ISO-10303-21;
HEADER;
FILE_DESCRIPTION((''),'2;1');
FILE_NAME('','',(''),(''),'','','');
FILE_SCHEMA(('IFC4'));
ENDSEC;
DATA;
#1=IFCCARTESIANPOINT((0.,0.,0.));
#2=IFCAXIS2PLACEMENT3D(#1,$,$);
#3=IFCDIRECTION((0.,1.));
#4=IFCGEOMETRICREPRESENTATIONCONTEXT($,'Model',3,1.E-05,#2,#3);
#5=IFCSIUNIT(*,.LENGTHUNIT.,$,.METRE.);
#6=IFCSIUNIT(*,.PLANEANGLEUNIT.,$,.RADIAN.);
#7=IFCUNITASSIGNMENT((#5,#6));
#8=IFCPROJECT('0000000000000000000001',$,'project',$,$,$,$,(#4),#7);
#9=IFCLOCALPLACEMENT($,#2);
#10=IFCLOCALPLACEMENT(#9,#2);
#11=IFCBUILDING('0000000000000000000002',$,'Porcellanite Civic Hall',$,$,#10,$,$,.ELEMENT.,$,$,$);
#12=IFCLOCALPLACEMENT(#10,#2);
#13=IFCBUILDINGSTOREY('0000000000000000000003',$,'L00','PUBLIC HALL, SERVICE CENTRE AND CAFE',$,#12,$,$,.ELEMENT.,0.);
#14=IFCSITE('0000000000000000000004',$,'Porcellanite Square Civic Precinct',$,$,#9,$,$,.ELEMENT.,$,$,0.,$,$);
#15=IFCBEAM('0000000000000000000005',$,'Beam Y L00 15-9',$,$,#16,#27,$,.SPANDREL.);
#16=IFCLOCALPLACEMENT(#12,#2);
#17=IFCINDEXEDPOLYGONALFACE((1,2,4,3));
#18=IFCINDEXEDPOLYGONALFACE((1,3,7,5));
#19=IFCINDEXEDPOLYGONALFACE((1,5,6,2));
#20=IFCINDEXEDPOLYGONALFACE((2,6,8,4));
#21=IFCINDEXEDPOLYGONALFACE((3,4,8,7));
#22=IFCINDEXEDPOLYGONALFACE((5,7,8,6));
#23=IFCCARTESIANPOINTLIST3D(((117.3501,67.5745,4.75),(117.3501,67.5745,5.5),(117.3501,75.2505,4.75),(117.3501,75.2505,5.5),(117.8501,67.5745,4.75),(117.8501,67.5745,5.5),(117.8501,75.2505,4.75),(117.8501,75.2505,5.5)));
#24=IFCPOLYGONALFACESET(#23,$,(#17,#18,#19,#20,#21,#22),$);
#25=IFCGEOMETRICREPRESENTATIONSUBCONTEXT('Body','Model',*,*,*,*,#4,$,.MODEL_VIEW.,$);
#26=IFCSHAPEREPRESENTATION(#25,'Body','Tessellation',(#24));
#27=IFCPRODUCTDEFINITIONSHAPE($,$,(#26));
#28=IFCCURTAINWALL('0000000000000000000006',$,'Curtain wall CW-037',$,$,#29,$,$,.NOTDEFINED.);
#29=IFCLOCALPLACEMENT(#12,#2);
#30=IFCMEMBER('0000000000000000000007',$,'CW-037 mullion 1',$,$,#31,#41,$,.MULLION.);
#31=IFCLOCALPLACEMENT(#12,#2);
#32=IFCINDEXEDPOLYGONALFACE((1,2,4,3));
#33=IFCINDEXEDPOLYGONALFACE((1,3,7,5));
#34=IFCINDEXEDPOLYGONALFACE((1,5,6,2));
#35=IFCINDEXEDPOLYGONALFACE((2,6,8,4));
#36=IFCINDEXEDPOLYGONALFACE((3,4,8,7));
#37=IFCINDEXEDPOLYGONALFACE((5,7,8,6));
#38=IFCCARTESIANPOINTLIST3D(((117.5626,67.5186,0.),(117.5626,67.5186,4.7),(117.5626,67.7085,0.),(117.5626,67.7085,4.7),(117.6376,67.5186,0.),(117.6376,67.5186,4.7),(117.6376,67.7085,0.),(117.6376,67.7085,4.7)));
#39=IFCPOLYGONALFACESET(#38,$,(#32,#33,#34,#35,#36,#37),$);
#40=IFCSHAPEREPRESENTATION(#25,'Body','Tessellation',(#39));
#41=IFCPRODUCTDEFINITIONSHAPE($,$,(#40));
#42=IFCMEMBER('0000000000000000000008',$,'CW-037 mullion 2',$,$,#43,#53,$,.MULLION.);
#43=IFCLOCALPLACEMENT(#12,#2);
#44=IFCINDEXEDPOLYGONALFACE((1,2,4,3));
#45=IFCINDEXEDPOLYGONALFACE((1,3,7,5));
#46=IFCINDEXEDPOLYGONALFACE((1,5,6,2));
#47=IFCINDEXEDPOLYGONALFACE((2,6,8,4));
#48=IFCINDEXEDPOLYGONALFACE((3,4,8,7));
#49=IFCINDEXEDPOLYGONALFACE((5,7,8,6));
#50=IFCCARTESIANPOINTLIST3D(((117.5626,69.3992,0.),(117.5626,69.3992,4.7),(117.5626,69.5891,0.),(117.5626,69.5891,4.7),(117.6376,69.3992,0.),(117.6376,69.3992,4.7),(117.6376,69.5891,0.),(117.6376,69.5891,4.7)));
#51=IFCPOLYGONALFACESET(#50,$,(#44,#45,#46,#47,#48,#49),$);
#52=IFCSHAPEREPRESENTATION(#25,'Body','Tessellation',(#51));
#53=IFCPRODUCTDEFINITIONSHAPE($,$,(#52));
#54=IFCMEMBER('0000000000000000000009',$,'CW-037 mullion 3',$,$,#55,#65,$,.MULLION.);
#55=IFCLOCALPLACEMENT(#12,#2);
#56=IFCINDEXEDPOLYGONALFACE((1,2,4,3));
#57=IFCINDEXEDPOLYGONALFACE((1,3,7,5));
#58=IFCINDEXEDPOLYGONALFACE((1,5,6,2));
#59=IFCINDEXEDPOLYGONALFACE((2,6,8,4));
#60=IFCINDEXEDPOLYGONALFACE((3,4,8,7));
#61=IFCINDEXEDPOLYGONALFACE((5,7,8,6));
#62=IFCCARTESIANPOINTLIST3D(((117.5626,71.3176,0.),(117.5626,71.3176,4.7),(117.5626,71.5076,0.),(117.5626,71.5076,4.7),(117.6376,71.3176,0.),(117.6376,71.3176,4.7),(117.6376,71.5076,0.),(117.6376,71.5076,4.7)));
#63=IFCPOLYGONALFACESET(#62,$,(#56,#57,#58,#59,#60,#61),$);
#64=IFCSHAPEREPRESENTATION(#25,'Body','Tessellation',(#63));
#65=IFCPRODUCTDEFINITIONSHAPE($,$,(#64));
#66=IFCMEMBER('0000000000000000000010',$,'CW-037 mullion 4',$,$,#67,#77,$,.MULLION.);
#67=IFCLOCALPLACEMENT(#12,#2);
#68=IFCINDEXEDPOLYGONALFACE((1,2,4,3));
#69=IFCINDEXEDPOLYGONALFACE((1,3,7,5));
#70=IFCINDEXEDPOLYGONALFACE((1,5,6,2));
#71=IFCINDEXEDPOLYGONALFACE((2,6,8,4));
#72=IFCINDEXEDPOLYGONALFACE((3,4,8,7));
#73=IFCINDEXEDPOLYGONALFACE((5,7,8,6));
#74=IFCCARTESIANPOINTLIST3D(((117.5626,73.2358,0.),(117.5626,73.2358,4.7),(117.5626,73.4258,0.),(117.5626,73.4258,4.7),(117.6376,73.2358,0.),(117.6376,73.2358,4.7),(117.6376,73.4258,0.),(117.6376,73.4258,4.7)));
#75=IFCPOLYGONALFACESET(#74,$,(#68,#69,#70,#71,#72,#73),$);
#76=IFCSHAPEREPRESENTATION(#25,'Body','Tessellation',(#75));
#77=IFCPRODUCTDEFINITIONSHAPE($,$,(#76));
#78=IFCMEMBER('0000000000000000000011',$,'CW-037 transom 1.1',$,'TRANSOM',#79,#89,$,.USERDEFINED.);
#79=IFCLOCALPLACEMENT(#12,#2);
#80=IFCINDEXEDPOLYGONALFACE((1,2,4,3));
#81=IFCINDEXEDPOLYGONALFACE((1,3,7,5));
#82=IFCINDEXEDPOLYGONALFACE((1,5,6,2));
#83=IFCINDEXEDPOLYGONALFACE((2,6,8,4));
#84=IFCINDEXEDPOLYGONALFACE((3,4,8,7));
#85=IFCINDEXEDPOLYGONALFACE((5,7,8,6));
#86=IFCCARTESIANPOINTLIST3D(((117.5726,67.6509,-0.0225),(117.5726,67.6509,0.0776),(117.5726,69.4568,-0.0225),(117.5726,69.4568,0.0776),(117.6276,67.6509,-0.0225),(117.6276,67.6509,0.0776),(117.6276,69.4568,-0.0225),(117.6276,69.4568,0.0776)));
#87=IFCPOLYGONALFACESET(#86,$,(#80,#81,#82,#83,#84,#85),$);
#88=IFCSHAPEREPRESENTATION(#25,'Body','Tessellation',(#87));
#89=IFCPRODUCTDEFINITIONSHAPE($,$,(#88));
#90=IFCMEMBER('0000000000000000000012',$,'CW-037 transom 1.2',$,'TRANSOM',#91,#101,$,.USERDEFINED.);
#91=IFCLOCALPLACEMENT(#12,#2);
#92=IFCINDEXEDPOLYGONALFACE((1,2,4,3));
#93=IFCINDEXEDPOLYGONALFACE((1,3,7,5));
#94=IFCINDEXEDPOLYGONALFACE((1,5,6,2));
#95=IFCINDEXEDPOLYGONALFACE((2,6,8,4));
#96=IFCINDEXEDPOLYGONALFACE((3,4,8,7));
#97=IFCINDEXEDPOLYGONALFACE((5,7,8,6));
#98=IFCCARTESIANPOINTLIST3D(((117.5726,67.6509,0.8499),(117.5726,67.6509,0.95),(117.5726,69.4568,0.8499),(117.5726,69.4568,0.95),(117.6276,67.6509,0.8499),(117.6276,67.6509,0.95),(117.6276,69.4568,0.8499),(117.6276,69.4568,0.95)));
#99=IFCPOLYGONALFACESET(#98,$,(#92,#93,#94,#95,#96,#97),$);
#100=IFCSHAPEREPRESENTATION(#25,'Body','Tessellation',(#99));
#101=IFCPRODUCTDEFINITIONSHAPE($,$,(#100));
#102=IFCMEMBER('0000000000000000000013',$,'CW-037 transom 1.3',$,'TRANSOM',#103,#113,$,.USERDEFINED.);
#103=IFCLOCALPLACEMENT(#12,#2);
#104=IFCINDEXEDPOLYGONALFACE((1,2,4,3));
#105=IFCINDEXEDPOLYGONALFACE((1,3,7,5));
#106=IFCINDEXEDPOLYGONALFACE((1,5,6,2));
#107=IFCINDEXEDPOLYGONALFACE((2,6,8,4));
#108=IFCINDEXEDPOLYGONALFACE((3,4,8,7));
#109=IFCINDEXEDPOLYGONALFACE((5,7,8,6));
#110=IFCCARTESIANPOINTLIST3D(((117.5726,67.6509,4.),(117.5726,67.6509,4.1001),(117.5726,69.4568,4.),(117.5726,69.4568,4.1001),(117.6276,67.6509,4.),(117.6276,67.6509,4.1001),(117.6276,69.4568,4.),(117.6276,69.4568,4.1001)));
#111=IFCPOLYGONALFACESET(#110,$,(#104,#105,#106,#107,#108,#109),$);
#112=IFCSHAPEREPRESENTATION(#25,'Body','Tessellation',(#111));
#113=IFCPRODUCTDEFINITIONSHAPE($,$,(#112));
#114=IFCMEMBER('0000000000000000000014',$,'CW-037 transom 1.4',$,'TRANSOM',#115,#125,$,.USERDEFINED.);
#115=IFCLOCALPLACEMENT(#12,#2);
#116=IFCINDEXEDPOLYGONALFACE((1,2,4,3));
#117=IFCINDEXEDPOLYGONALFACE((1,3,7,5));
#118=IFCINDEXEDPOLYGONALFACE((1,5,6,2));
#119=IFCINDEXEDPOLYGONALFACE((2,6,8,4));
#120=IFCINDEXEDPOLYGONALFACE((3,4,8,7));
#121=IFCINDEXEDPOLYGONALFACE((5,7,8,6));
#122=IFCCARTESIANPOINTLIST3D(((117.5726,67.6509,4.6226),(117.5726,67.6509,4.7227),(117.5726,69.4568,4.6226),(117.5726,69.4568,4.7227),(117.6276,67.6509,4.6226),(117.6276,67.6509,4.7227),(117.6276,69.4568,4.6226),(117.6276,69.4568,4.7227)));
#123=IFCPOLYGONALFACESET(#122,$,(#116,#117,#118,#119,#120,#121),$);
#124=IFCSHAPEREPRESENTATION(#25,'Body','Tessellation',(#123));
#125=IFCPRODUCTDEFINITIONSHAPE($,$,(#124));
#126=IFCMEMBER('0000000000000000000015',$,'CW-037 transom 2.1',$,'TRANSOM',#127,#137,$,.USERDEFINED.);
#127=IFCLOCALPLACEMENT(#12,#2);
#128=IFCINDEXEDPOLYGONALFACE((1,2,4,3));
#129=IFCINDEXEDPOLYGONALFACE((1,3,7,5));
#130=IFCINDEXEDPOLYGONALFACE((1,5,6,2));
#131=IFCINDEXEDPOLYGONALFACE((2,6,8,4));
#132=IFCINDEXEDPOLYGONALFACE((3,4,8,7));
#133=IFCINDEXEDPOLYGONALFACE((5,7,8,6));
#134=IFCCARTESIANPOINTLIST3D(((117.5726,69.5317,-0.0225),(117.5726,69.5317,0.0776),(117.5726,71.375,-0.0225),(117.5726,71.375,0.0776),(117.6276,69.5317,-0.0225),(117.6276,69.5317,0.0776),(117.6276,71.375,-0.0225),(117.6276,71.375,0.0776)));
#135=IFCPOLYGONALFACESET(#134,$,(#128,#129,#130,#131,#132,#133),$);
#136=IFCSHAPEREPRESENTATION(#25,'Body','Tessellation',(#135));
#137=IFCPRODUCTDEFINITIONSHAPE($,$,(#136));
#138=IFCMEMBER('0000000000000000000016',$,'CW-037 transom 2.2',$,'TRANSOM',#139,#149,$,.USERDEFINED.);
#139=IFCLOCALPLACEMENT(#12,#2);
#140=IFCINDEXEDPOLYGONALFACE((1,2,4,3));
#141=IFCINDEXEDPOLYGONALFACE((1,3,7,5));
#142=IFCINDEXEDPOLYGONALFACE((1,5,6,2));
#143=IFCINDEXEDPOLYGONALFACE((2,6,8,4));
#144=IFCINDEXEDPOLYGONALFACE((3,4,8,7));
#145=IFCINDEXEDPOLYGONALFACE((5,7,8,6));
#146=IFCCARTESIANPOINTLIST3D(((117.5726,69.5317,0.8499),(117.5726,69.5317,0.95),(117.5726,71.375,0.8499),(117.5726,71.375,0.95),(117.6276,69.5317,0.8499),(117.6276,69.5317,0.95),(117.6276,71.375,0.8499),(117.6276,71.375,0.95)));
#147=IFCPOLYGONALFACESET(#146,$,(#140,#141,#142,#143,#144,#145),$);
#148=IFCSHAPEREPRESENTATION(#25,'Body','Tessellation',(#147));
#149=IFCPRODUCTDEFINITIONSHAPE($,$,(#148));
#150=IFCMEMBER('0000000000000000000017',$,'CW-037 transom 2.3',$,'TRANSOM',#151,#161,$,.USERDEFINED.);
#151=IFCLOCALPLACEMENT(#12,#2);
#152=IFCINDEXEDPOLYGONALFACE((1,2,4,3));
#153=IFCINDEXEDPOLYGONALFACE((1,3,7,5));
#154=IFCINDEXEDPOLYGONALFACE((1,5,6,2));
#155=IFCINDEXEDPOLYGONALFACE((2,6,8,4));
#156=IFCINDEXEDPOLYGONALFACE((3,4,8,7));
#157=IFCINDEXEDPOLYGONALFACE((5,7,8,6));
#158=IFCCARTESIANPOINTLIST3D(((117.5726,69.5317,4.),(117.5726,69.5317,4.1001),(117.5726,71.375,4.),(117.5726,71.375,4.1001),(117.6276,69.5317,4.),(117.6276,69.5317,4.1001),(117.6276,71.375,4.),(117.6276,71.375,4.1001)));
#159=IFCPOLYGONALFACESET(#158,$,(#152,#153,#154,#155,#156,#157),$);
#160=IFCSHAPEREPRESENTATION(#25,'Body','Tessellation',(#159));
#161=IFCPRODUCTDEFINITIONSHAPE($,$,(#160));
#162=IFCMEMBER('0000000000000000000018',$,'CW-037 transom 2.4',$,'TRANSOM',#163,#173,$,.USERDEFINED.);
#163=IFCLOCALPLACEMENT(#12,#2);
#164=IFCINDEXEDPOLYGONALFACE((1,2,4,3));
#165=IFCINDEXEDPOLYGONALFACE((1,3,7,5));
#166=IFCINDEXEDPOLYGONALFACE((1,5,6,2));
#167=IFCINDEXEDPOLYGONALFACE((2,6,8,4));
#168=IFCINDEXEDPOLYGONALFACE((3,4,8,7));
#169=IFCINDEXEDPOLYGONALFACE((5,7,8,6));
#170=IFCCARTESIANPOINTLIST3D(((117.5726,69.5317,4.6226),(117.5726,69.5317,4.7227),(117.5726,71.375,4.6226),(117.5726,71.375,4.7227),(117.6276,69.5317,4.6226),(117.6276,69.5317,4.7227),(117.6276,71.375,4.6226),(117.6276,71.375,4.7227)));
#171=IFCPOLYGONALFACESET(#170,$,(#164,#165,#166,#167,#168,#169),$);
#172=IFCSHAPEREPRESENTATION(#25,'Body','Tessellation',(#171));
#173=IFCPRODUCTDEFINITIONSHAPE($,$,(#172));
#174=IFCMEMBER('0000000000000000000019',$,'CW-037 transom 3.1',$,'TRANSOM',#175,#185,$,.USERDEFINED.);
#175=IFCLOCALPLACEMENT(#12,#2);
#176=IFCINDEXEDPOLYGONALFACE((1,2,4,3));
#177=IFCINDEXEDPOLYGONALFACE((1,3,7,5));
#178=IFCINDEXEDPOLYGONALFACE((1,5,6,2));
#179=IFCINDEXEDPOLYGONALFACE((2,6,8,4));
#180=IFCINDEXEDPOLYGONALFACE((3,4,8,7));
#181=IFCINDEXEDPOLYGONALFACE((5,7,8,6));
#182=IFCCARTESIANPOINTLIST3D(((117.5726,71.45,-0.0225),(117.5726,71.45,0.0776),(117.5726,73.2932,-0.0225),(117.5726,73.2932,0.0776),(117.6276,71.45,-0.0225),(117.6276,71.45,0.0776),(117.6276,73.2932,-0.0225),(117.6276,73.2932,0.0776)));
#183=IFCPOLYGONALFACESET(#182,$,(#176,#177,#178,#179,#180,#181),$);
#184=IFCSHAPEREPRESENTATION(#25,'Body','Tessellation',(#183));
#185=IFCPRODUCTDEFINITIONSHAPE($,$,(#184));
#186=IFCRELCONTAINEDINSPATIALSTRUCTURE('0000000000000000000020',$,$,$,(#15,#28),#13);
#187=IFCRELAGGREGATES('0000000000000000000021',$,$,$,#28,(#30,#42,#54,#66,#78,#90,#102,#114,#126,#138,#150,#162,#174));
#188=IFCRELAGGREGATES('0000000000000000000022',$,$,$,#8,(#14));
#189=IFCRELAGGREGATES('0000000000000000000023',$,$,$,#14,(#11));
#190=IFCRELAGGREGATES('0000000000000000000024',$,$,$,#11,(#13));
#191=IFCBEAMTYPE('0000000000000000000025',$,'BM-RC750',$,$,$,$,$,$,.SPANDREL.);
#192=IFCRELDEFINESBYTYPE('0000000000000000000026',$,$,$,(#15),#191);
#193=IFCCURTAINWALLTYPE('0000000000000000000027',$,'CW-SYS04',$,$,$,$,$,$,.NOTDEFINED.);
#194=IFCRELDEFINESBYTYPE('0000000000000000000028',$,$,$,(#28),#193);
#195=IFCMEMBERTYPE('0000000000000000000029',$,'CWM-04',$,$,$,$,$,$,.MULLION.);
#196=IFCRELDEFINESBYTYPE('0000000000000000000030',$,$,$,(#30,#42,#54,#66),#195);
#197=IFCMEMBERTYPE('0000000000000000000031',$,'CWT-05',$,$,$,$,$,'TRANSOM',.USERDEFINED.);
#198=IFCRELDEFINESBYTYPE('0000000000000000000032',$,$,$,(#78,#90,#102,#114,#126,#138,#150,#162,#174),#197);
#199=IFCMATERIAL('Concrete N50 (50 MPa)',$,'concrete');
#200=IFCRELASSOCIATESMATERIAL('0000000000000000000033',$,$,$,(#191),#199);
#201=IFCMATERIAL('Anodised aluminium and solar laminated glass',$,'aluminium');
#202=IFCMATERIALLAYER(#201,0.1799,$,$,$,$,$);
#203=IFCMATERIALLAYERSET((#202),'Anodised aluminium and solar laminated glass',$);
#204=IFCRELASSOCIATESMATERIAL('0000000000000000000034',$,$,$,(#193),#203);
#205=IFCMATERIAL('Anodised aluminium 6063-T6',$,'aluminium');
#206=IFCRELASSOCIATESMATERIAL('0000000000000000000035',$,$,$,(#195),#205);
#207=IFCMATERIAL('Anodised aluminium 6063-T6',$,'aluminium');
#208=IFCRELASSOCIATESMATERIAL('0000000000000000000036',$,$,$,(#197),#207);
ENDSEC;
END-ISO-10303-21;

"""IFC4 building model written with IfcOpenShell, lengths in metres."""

from ifc_helpers import new_model, si_unit, direction, frame, origin, origin_2d, place, context, subcontext, project, spatial, rectangle, extrude, material, layer, layer_set, material_profile, profile_set, type_object, element, aggregate, save


model = new_model("IFC4")

# Units and contexts
model_context = context("Model", 3, precision=1e-05, world=origin(), true_north=direction((0.0, 1.0)))
body_context = subcontext(model_context, "Body", "Model", "MODEL_VIEW")
ifc_project = project(units=[si_unit("LENGTHUNIT", "METRE"), si_unit("PLANEANGLEUNIT", "RADIAN")], contexts=[model_context])

# Site, building, storey
site_placement = place(None, origin())
site = spatial("IfcSite", under=ifc_project, at=site_placement, Name="Porcellanite Square Civic Precinct", CompositionType="ELEMENT", RefElevation=0.0)
building_placement = place(site_placement, origin())
building = spatial("IfcBuilding", under=site, at=building_placement, Name="Porcellanite Civic Hall", CompositionType="ELEMENT")
storey_placement = place(building_placement, origin())
storey = spatial("IfcBuildingStorey", under=building, at=storey_placement, Name="L00", Description="PUBLIC HALL, SERVICE CENTRE AND CAFE", CompositionType="ELEMENT", Elevation=0.0)

# Beam
ifc_material_1 = material(Name="Concrete N50 (50 MPa)", Category="concrete")
ifc_material_profile_1 = material_profile(ifc_material_1, rectangle(XDim=0.5, YDim=0.75, at=origin_2d()), Name="RC-500x750")
ifc_profile_set_1 = profile_set([ifc_material_profile_1], Name="Concrete N50 (50 MPa)")
beam_type = type_object("IfcBeamType", Name="BM-RC750", PredefinedType="SPANDREL", material=ifc_profile_set_1)
beam_placement = place(storey_placement, frame((117.6001, 67.5745, 5.125), z_axis=(0.0, 1.0, 0.0), x_axis=(-1.0, 0.0, 0.0)))
element("IfcBeam", 1, at=beam_placement, inside=storey, type_object=beam_type, Name="Beam Y L00 15-9", PredefinedType="SPANDREL", context=body_context, shape_type="SweptSolid", body=[
    extrude(rectangle(XDim=0.5, YDim=0.75, at=origin_2d()), origin(), (0.0, 0.0, 1.0), 7.676),
])

# Curtain wall, members
ifc_material_2 = material(Name="Anodised aluminium and solar laminated glass", Category="aluminium")
ifc_layer_1 = layer(ifc_material_2, 0.1799)
ifc_layer_set_1 = layer_set([ifc_layer_1], Name="Anodised aluminium and solar laminated glass")
curtain_wall_type = type_object("IfcCurtainWallType", Name="CW-SYS04", PredefinedType="NOTDEFINED", material=ifc_layer_set_1)
curtain_wall_placement = place(storey_placement, origin())
curtain_wall = element("IfcCurtainWall", 2, at=curtain_wall_placement, inside=storey, type_object=curtain_wall_type, Name="Curtain wall CW-037", PredefinedType="NOTDEFINED")
ifc_material_3 = material(Name="Anodised aluminium 6063-T6", Category="aluminium")
ifc_material_profile_2 = material_profile(ifc_material_3, rectangle(XDim=0.075, YDim=0.1899, at=origin_2d()), Name="AL-75x190")
ifc_profile_set_2 = profile_set([ifc_material_profile_2], Name="Anodised aluminium 6063-T6")
member_type_1 = type_object("IfcMemberType", Name="CWM-04", PredefinedType="MULLION", material=ifc_profile_set_2)
member_1_placement = place(storey_placement, frame((117.6001, 67.6135, 0.0), z_axis=(0.0, 0.0, 1.0), x_axis=(-1.0, 0.0, 0.0)))
member_1 = element("IfcMember", 3, at=member_1_placement, type_object=member_type_1, Name="CW-037 mullion 1", PredefinedType="MULLION", context=body_context, shape_type="SweptSolid", body=[
    extrude(rectangle(XDim=0.075, YDim=0.1899, at=origin_2d()), origin(), (0.0, 0.0, 1.0), 4.7),
])
member_2_placement = place(storey_placement, frame((117.6001, 69.4941, 0.0), z_axis=(0.0, 0.0, 1.0), x_axis=(-1.0, 0.0, 0.0)))
member_2 = element("IfcMember", 4, at=member_2_placement, type_object=member_type_1, Name="CW-037 mullion 2", PredefinedType="MULLION", context=body_context, shape_type="SweptSolid", body=[
    extrude(rectangle(XDim=0.075, YDim=0.1899, at=origin_2d()), origin(), (0.0, 0.0, 1.0), 4.7),
])
member_3_placement = place(storey_placement, frame((117.6001, 71.4126, 0.0), z_axis=(0.0, 0.0, 1.0), x_axis=(-1.0, 0.0, 0.0)))
member_3 = element("IfcMember", 5, at=member_3_placement, type_object=member_type_1, Name="CW-037 mullion 3", PredefinedType="MULLION", context=body_context, shape_type="SweptSolid", body=[
    extrude(rectangle(XDim=0.075, YDim=0.1899, at=origin_2d()), origin(), (0.0, 0.0, 1.0), 4.7),
])
member_4_placement = place(storey_placement, frame((117.6001, 73.3308, 0.0), z_axis=(0.0, 0.0, 1.0), x_axis=(-1.0, 0.0, 0.0)))
member_4 = element("IfcMember", 6, at=member_4_placement, type_object=member_type_1, Name="CW-037 mullion 4", PredefinedType="MULLION", context=body_context, shape_type="SweptSolid", body=[
    extrude(rectangle(XDim=0.075, YDim=0.1899, at=origin_2d()), origin(), (0.0, 0.0, 1.0), 4.7),
])
ifc_material_4 = material(Name="Anodised aluminium 6063-T6", Category="aluminium")
ifc_material_profile_3 = material_profile(ifc_material_4, rectangle(XDim=0.0549, YDim=0.1001, at=origin_2d()), Name="AL-55x100")
ifc_profile_set_3 = profile_set([ifc_material_profile_3], Name="Anodised aluminium 6063-T6")
member_type_2 = type_object("IfcMemberType", Name="CWT-05", ElementType="TRANSOM", PredefinedType="USERDEFINED", material=ifc_profile_set_3)
member_5_placement = place(storey_placement, frame((117.6001, 67.6509, 0.0276), z_axis=(0.0, 1.0, 0.0), x_axis=(-1.0, 0.0, 0.0)))
member_5 = element("IfcMember", 7, at=member_5_placement, type_object=member_type_2, Name="CW-037 transom 1.1", ObjectType="TRANSOM", PredefinedType="USERDEFINED", context=body_context, shape_type="SweptSolid", body=[
    extrude(rectangle(XDim=0.0549, YDim=0.1001, at=origin_2d()), origin(), (0.0, 0.0, 1.0), 1.8059),
])
member_6_placement = place(storey_placement, frame((117.6001, 67.6509, 0.8999), z_axis=(0.0, 1.0, 0.0), x_axis=(-1.0, 0.0, 0.0)))
member_6 = element("IfcMember", 8, at=member_6_placement, type_object=member_type_2, Name="CW-037 transom 1.2", ObjectType="TRANSOM", PredefinedType="USERDEFINED", context=body_context, shape_type="SweptSolid", body=[
    extrude(rectangle(XDim=0.0549, YDim=0.1001, at=origin_2d()), origin(), (0.0, 0.0, 1.0), 1.8059),
])
member_7_placement = place(storey_placement, frame((117.6001, 67.6509, 4.05), z_axis=(0.0, 1.0, 0.0), x_axis=(-1.0, 0.0, 0.0)))
member_7 = element("IfcMember", 9, at=member_7_placement, type_object=member_type_2, Name="CW-037 transom 1.3", ObjectType="TRANSOM", PredefinedType="USERDEFINED", context=body_context, shape_type="SweptSolid", body=[
    extrude(rectangle(XDim=0.0549, YDim=0.1001, at=origin_2d()), origin(), (0.0, 0.0, 1.0), 1.8059),
])
member_8_placement = place(storey_placement, frame((117.6001, 67.6509, 4.6726), z_axis=(0.0, 1.0, 0.0), x_axis=(-1.0, 0.0, 0.0)))
member_8 = element("IfcMember", 10, at=member_8_placement, type_object=member_type_2, Name="CW-037 transom 1.4", ObjectType="TRANSOM", PredefinedType="USERDEFINED", context=body_context, shape_type="SweptSolid", body=[
    extrude(rectangle(XDim=0.0549, YDim=0.1001, at=origin_2d()), origin(), (0.0, 0.0, 1.0), 1.8059),
])
member_9_placement = place(storey_placement, frame((117.6001, 69.5317, 0.0276), z_axis=(0.0, 1.0, 0.0), x_axis=(-1.0, 0.0, 0.0)))
member_9 = element("IfcMember", 11, at=member_9_placement, type_object=member_type_2, Name="CW-037 transom 2.1", ObjectType="TRANSOM", PredefinedType="USERDEFINED", context=body_context, shape_type="SweptSolid", body=[
    extrude(rectangle(XDim=0.0549, YDim=0.1001, at=origin_2d()), origin(), (0.0, 0.0, 1.0), 1.8433),
])
member_10_placement = place(storey_placement, frame((117.6001, 69.5317, 0.8999), z_axis=(0.0, 1.0, 0.0), x_axis=(-1.0, 0.0, 0.0)))
member_10 = element("IfcMember", 12, at=member_10_placement, type_object=member_type_2, Name="CW-037 transom 2.2", ObjectType="TRANSOM", PredefinedType="USERDEFINED", context=body_context, shape_type="SweptSolid", body=[
    extrude(rectangle(XDim=0.0549, YDim=0.1001, at=origin_2d()), origin(), (0.0, 0.0, 1.0), 1.8433),
])
member_11_placement = place(storey_placement, frame((117.6001, 69.5317, 4.05), z_axis=(0.0, 1.0, 0.0), x_axis=(-1.0, 0.0, 0.0)))
member_11 = element("IfcMember", 13, at=member_11_placement, type_object=member_type_2, Name="CW-037 transom 2.3", ObjectType="TRANSOM", PredefinedType="USERDEFINED", context=body_context, shape_type="SweptSolid", body=[
    extrude(rectangle(XDim=0.0549, YDim=0.1001, at=origin_2d()), origin(), (0.0, 0.0, 1.0), 1.8433),
])
member_12_placement = place(storey_placement, frame((117.6001, 69.5317, 4.6726), z_axis=(0.0, 1.0, 0.0), x_axis=(-1.0, 0.0, 0.0)))
member_12 = element("IfcMember", 14, at=member_12_placement, type_object=member_type_2, Name="CW-037 transom 2.4", ObjectType="TRANSOM", PredefinedType="USERDEFINED", context=body_context, shape_type="SweptSolid", body=[
    extrude(rectangle(XDim=0.0549, YDim=0.1001, at=origin_2d()), origin(), (0.0, 0.0, 1.0), 1.8433),
])
member_13_placement = place(storey_placement, frame((117.6001, 71.45, 0.0276), z_axis=(0.0, 1.0, 0.0), x_axis=(-1.0, 0.0, 0.0)))
member_13 = element("IfcMember", 15, at=member_13_placement, type_object=member_type_2, Name="CW-037 transom 3.1", ObjectType="TRANSOM", PredefinedType="USERDEFINED", context=body_context, shape_type="SweptSolid", body=[
    extrude(rectangle(XDim=0.0549, YDim=0.1001, at=origin_2d()), origin(), (0.0, 0.0, 1.0), 1.8433),
])

aggregate(curtain_wall, [member_1, member_2, member_3, member_4, member_5, member_6, member_7, member_8, member_9, member_10, member_11, member_12, member_13])

save(model, "model.ifc")
